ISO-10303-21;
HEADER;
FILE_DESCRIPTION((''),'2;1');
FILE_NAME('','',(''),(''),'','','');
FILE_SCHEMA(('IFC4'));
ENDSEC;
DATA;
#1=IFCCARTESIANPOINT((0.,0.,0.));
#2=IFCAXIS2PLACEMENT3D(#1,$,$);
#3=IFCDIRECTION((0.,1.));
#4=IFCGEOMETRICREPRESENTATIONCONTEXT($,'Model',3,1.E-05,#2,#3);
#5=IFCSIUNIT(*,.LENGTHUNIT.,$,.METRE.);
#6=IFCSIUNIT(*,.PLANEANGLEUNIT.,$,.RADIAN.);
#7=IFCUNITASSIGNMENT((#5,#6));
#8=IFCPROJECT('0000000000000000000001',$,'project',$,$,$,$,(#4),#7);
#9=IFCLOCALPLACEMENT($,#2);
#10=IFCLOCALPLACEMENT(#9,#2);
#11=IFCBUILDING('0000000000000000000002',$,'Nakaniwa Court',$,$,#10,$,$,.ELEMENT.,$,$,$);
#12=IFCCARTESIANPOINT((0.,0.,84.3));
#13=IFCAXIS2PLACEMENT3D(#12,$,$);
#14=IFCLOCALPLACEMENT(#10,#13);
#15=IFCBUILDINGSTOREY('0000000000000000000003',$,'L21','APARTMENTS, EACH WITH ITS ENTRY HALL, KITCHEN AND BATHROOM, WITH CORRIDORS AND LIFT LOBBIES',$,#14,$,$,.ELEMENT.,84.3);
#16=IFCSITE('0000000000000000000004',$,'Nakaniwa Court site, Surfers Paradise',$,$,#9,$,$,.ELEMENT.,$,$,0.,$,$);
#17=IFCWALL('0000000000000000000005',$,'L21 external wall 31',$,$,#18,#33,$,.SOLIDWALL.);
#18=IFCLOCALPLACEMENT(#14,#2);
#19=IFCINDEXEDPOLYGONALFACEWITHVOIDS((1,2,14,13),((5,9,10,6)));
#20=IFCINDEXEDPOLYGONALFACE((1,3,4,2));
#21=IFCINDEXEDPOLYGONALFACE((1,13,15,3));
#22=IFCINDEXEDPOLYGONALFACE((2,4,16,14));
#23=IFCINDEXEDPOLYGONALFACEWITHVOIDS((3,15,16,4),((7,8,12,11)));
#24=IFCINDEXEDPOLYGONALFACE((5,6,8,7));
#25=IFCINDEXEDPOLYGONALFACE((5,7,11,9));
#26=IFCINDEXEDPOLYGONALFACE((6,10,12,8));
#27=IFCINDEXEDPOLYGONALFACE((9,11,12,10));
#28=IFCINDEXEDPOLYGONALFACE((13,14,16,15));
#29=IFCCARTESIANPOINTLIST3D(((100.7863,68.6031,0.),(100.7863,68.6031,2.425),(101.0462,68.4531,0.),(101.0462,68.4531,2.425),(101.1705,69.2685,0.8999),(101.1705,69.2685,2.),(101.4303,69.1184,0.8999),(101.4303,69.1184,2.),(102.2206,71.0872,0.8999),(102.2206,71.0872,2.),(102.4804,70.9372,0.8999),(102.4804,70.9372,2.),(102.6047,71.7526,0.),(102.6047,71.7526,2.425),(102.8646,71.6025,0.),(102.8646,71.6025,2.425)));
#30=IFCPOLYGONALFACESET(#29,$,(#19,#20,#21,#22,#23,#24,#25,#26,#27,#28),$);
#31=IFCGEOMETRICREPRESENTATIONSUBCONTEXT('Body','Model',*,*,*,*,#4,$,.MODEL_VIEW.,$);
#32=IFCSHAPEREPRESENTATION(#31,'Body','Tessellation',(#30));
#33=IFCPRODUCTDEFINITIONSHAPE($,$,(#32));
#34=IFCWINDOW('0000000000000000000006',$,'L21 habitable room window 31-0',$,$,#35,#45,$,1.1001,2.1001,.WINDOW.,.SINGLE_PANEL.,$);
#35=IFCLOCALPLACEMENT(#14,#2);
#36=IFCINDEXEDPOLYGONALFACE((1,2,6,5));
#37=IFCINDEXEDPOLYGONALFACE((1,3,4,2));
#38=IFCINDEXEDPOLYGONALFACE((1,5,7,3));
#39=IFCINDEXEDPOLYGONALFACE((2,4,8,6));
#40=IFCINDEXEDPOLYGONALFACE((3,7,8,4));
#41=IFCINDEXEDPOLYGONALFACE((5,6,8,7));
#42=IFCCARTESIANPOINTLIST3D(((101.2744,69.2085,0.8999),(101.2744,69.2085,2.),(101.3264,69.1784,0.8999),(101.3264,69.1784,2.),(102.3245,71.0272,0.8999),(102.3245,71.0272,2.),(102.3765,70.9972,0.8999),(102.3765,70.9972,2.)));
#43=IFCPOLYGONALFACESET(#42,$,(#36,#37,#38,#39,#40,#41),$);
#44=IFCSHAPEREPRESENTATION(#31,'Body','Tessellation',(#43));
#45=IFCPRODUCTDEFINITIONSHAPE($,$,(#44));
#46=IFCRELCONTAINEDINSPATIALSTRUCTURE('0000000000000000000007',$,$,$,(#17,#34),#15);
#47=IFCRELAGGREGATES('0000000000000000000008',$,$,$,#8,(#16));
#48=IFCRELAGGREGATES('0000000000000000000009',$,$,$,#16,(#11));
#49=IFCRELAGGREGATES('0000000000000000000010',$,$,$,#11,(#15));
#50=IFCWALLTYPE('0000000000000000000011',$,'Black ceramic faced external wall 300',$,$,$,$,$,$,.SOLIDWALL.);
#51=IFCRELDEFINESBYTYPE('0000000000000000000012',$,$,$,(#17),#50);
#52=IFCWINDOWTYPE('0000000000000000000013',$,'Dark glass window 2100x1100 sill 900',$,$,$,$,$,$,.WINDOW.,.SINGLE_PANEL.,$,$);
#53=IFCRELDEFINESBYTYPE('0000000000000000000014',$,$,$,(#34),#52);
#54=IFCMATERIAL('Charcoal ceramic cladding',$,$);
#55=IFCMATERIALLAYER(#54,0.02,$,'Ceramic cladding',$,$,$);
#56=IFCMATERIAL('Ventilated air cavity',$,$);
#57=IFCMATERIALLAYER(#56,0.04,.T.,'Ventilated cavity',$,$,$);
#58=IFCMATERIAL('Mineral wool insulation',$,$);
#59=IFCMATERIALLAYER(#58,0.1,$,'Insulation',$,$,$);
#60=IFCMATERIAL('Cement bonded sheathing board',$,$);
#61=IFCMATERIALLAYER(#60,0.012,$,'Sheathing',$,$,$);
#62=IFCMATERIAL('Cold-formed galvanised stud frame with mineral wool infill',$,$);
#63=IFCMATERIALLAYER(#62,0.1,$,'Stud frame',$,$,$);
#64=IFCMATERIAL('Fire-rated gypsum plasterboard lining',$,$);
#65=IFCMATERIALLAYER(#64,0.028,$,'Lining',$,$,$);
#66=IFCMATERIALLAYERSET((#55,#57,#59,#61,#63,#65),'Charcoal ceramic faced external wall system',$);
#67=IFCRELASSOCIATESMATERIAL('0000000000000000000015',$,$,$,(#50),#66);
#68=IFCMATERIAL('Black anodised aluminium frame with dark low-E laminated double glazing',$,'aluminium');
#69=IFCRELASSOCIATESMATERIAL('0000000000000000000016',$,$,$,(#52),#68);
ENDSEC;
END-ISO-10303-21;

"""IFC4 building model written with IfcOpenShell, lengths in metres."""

from ifc_helpers import new_model, si_unit, direction, frame, frame_2d, origin, place, context, subcontext, project, spatial, rectangle, extrude, material, layer, layer_set, type_object, element, fill, save


model = new_model("IFC4")

# Units and contexts
model_context = context("Model", 3, precision=1e-05, world=origin(), true_north=direction((0.0, 1.0)))
body_context = subcontext(model_context, "Body", "Model", "MODEL_VIEW")
ifc_project = project(units=[si_unit("LENGTHUNIT", "METRE"), si_unit("PLANEANGLEUNIT", "RADIAN")], contexts=[model_context])

# Site, building, storey
site_placement = place(None, origin())
site = spatial("IfcSite", under=ifc_project, at=site_placement, Name="Nakaniwa Court site, Surfers Paradise", CompositionType="ELEMENT", RefElevation=0.0)
building_placement = place(site_placement, origin())
building = spatial("IfcBuilding", under=site, at=building_placement, Name="Nakaniwa Court", CompositionType="ELEMENT")
storey_placement = place(building_placement, frame((0.0, 0.0, 84.3)))
storey = spatial("IfcBuildingStorey", under=building, at=storey_placement, Name="L21", Description="APARTMENTS, EACH WITH ITS ENTRY HALL, KITCHEN AND BATHROOM, WITH CORRIDORS AND LIFT LOBBIES", CompositionType="ELEMENT", Elevation=84.3)

# Wall, opening, window
ifc_material_1 = material(Name="Charcoal ceramic cladding")
ifc_layer_1 = layer(ifc_material_1, 0.02, Name="Ceramic cladding")
ifc_material_2 = material(Name="Ventilated air cavity")
ifc_layer_2 = layer(ifc_material_2, 0.04, ventilated=True, Name="Ventilated cavity")
ifc_material_3 = material(Name="Mineral wool insulation")
ifc_layer_3 = layer(ifc_material_3, 0.1, Name="Insulation")
ifc_material_4 = material(Name="Cement bonded sheathing board")
ifc_layer_4 = layer(ifc_material_4, 0.012, Name="Sheathing")
ifc_material_5 = material(Name="Cold-formed galvanised stud frame with mineral wool infill")
ifc_layer_5 = layer(ifc_material_5, 0.1, Name="Stud frame")
ifc_material_6 = material(Name="Fire-rated gypsum plasterboard lining")
ifc_layer_6 = layer(ifc_material_6, 0.028, Name="Lining")
ifc_layer_set_1 = layer_set([ifc_layer_1, ifc_layer_2, ifc_layer_3, ifc_layer_4, ifc_layer_5, ifc_layer_6], Name="Charcoal ceramic faced external wall system")
wall_type_1 = type_object("IfcWallType", Name="Black ceramic faced external wall 300", PredefinedType="SOLIDWALL", material=ifc_layer_set_1)
ifc_material_7 = material(Name="Black anodised aluminium frame with dark low-E laminated double glazing", Category="aluminium")
window_type_1 = type_object("IfcWindowType", Name="Dark glass window 2100x1100 sill 900", PartitioningType="SINGLE_PANEL", PredefinedType="WINDOW", material=ifc_material_7)
wall_1_placement = place(storey_placement, frame((100.9163, 68.5281, 0.0), z_axis=(0.0, 0.0, 1.0), x_axis=(0.500009, 0.86602, 0.0)))
wall_1 = element("IfcWall", 1, at=wall_1_placement, inside=storey, type_object=wall_type_1, Name="L21 external wall 31", PredefinedType="SOLIDWALL", context=body_context, shape_type="SweptSolid", body=[
    extrude(rectangle(XDim=3.6367, YDim=0.3, at=frame_2d((1.8184, 0.0))), origin(), (0.0, 0.0, 1.0), 2.425),
])
opening_1_placement = place(wall_1_placement, frame((0.7683, 0.0, 0.8999)))
opening_1 = element("IfcOpeningElement", 2, at=opening_1_placement, cuts=wall_1, PredefinedType="OPENING", context=body_context, shape_type="SweptSolid", body=[
    extrude(rectangle(XDim=2.1001, YDim=1.1001, at=frame_2d((1.05, 0.55))), frame((0.0, 0.1599, 0.0), z_axis=(0.0, -1.0, 0.0), x_axis=(1.0, 0.0, 0.0)), (0.0, 0.0, 1.0), 0.3201),
])
window_1_placement = place(opening_1_placement, origin())
window_1 = element("IfcWindow", 3, at=window_1_placement, inside=storey, type_object=window_type_1, Name="L21 habitable room window 31-0", OverallHeight=1.1001, OverallWidth=2.1001, PartitioningType="SINGLE_PANEL", PredefinedType="WINDOW", context=body_context, shape_type="SweptSolid", body=[
    extrude(rectangle(XDim=2.1001, YDim=1.1001, at=frame_2d((1.05, 0.55))), frame((0.0, 0.03, 0.0), z_axis=(0.0, -1.0, 0.0), x_axis=(1.0, 0.0, 0.0)), (0.0, 0.0, 1.0), 0.0601),
])
fill(opening_1, window_1)

save(model, "model.ifc")
